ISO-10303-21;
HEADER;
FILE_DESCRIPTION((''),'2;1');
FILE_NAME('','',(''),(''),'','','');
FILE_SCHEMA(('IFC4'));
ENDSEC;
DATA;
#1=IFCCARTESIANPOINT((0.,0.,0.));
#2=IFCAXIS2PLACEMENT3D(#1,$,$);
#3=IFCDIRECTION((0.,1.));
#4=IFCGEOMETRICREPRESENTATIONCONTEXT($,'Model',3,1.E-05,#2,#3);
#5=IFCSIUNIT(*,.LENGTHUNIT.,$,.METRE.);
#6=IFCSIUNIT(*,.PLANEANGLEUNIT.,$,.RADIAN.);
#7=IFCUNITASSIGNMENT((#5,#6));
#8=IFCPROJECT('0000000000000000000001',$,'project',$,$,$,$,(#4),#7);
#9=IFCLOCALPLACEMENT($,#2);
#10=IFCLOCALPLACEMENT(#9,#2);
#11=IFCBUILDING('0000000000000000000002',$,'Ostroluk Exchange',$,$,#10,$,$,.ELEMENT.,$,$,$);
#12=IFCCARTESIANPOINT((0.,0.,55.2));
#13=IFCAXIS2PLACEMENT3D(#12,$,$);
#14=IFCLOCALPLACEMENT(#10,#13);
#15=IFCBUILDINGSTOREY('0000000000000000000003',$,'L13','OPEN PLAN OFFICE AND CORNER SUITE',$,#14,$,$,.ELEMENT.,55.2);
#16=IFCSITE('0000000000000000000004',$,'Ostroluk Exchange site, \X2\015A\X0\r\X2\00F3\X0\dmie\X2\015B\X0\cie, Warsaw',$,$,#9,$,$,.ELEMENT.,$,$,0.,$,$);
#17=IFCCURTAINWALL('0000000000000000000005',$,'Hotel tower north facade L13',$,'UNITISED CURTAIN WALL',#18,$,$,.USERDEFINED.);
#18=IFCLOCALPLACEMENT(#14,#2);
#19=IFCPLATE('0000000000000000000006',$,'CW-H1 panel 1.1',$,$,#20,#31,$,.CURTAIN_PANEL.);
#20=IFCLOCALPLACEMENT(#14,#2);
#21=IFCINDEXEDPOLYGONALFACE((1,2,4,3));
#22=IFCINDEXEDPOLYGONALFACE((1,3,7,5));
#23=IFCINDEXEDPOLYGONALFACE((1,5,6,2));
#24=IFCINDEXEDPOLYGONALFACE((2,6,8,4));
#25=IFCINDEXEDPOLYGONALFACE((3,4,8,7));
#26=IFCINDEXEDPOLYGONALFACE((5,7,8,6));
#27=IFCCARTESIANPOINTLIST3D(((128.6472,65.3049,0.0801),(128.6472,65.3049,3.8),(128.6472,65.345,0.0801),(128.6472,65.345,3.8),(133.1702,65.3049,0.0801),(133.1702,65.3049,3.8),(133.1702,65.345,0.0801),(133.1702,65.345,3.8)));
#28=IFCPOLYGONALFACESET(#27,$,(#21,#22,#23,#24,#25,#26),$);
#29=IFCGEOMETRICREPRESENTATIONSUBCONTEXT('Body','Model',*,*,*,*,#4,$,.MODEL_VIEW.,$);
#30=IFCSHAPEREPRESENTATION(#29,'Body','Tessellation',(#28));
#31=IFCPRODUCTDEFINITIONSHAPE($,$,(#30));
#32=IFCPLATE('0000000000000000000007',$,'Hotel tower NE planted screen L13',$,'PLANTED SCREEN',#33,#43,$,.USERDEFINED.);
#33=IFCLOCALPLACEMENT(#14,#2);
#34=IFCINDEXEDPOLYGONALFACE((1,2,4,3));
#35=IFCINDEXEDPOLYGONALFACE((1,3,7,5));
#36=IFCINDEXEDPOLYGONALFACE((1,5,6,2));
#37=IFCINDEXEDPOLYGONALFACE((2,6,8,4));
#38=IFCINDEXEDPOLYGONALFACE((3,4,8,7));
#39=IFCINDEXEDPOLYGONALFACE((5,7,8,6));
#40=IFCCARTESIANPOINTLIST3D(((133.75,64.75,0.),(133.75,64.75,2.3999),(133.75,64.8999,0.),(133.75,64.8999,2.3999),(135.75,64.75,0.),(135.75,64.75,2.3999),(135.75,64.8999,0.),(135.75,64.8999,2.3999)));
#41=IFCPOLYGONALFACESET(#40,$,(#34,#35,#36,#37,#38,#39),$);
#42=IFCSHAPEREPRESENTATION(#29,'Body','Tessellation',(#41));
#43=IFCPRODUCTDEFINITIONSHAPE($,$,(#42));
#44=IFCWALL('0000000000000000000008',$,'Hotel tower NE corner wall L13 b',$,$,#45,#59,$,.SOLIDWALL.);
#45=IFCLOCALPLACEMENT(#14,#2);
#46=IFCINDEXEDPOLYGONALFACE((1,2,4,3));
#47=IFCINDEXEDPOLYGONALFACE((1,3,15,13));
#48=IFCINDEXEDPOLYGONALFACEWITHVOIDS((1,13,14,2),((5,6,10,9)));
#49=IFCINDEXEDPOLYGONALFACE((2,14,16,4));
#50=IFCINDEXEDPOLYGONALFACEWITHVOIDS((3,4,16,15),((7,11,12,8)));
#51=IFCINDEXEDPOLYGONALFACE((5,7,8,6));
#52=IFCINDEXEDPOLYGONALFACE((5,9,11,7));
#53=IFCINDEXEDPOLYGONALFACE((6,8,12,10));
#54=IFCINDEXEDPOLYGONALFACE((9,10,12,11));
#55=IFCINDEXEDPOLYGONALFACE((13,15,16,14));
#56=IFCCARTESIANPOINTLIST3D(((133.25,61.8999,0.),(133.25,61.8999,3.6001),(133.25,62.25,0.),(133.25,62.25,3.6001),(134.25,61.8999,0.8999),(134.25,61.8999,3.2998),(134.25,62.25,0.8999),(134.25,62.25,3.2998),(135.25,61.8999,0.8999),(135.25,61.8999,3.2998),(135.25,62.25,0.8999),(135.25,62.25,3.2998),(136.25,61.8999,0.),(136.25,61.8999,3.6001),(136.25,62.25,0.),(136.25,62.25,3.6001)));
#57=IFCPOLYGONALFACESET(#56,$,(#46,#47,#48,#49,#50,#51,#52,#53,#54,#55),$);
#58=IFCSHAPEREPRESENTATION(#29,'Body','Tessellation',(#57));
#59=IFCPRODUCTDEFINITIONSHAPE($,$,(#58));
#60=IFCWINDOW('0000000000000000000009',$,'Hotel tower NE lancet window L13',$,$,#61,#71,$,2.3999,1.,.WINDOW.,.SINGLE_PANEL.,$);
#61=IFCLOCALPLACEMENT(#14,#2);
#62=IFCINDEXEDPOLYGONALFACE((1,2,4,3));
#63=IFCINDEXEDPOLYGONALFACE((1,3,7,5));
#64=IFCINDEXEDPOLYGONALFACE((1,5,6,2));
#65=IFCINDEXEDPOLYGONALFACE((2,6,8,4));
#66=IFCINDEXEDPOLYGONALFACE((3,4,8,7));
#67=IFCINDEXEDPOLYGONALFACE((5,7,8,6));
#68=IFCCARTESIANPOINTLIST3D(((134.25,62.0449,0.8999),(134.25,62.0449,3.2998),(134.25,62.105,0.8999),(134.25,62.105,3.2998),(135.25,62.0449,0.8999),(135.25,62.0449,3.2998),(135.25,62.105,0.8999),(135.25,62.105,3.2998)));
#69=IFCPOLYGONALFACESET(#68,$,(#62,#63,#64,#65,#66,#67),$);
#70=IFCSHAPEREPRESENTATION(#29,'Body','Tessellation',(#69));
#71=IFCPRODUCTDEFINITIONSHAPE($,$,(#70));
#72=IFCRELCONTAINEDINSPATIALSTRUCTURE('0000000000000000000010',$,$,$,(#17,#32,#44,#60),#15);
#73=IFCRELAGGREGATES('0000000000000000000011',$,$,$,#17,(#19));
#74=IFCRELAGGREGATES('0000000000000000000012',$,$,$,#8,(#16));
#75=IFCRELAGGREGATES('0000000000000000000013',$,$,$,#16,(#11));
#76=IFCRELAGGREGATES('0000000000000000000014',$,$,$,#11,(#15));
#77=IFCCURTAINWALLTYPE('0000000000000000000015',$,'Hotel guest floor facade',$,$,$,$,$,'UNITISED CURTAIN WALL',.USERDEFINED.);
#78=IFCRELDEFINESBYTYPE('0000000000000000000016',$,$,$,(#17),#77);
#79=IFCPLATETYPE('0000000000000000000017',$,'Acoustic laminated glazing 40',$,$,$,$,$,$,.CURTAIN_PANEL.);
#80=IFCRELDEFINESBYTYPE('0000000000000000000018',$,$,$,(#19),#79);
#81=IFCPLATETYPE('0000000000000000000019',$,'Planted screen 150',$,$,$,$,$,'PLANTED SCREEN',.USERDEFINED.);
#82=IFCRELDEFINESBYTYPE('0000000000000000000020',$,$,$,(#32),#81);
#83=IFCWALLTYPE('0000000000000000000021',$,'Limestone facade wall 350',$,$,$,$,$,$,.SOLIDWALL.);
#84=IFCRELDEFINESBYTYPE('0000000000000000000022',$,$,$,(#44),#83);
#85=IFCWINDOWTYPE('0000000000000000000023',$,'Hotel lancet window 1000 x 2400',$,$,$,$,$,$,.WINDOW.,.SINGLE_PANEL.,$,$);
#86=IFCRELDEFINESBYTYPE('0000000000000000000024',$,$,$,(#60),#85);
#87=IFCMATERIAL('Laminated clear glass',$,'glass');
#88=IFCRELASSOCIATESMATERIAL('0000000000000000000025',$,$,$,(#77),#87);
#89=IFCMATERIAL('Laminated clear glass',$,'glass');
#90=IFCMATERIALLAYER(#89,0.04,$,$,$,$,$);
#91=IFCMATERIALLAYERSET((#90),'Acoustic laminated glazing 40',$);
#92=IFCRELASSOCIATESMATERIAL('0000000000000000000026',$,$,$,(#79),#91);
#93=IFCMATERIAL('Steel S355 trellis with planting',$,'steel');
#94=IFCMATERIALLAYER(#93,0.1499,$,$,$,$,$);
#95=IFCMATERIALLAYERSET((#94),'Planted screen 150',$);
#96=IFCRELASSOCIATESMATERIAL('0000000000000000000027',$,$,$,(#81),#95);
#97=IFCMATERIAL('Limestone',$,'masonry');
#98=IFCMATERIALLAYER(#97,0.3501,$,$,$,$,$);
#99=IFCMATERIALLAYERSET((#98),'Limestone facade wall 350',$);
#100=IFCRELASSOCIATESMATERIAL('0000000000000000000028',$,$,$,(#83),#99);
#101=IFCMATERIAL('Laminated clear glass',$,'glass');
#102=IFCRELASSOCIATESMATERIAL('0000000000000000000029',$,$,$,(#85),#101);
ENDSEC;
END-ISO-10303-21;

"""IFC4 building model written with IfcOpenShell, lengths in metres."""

from ifc_helpers import new_model, si_unit, direction, frame, frame_2d, origin, origin_2d, place, context, subcontext, project, spatial, rectangle, extrude, material, layer, layer_set, type_object, element, fill, aggregate, save


model = new_model("IFC4")

# Units and contexts
model_context = context("Model", 3, precision=1e-05, world=origin(), true_north=direction((0.0, 1.0)))
body_context = subcontext(model_context, "Body", "Model", "MODEL_VIEW")
ifc_project = project(units=[si_unit("LENGTHUNIT", "METRE"), si_unit("PLANEANGLEUNIT", "RADIAN")], contexts=[model_context])

# Site, building, storey
site_placement = place(None, origin())
site = spatial("IfcSite", under=ifc_project, at=site_placement, Name="Ostroluk Exchange site, Śródmieście, Warsaw", CompositionType="ELEMENT", RefElevation=0.0)
building_placement = place(site_placement, origin())
building = spatial("IfcBuilding", under=site, at=building_placement, Name="Ostroluk Exchange", CompositionType="ELEMENT")
storey_placement = place(building_placement, frame((0.0, 0.0, 55.2)))
storey = spatial("IfcBuildingStorey", under=building, at=storey_placement, Name="L13", Description="OPEN PLAN OFFICE AND CORNER SUITE", CompositionType="ELEMENT", Elevation=55.2)

# Curtain wall
ifc_material_1 = material(Name="Laminated clear glass", Category="glass")
curtain_wall_type = type_object("IfcCurtainWallType", Name="Hotel guest floor facade", ElementType="UNITISED CURTAIN WALL", PredefinedType="USERDEFINED", material=ifc_material_1)
curtain_wall_1_placement = place(storey_placement, origin())
curtain_wall_1 = element("IfcCurtainWall", 1, at=curtain_wall_1_placement, inside=storey, type_object=curtain_wall_type, Name="Hotel tower north facade L13", ObjectType="UNITISED CURTAIN WALL", PredefinedType="USERDEFINED")

# Plates
ifc_material_2 = material(Name="Laminated clear glass", Category="glass")
ifc_layer_1 = layer(ifc_material_2, 0.04)
ifc_layer_set_1 = layer_set([ifc_layer_1], Name="Acoustic laminated glazing 40")
plate_type_1 = type_object("IfcPlateType", Name="Acoustic laminated glazing 40", PredefinedType="CURTAIN_PANEL", material=ifc_layer_set_1)
plate_1_placement = place(storey_placement, frame((130.9087, 65.325, 0.0801), z_axis=(0.0, 0.0, 1.0), x_axis=(-1.0, 0.0, 0.0)))
plate_1 = element("IfcPlate", 2, at=plate_1_placement, type_object=plate_type_1, Name="CW-H1 panel 1.1", PredefinedType="CURTAIN_PANEL", context=body_context, shape_type="SweptSolid", body=[
    extrude(rectangle(XDim=4.5229, YDim=0.04, at=origin_2d()), origin(), (0.0, 0.0, 1.0), 3.72),
])
aggregate(curtain_wall_1, [plate_1])
ifc_material_3 = material(Name="Steel S355 trellis with planting", Category="steel")
ifc_layer_2 = layer(ifc_material_3, 0.1499)
ifc_layer_set_2 = layer_set([ifc_layer_2], Name="Planted screen 150")
plate_type_2 = type_object("IfcPlateType", Name="Planted screen 150", ElementType="PLANTED SCREEN", PredefinedType="USERDEFINED", material=ifc_layer_set_2)
plate_2_placement = place(storey_placement, frame((134.75, 64.825, 0.0), z_axis=(0.0, 0.0, 1.0), x_axis=(1.0, 0.0, 0.0)))
element("IfcPlate", 3, at=plate_2_placement, inside=storey, type_object=plate_type_2, Name="Hotel tower NE planted screen L13", ObjectType="PLANTED SCREEN", PredefinedType="USERDEFINED", context=body_context, shape_type="SweptSolid", body=[
    extrude(rectangle(XDim=2.0, YDim=0.1499, at=origin_2d()), origin(), (0.0, 0.0, 1.0), 2.3999),
])

# Shared definitions
ifc_material_4 = material(Name="Limestone", Category="masonry")
ifc_layer_3 = layer(ifc_material_4, 0.3501)
ifc_layer_set_3 = layer_set([ifc_layer_3], Name="Limestone facade wall 350")
wall_type = type_object("IfcWallType", Name="Limestone facade wall 350", PredefinedType="SOLIDWALL", material=ifc_layer_set_3)

# Wall, opening, window
wall_1_placement = place(storey_placement, frame((133.25, 62.075, 0.0), z_axis=(0.0, 0.0, 1.0), x_axis=(1.0, 0.0, 0.0)))
wall_1 = element("IfcWall", 4, at=wall_1_placement, inside=storey, type_object=wall_type, Name="Hotel tower NE corner wall L13 b", PredefinedType="SOLIDWALL", context=body_context, shape_type="SweptSolid", body=[
    extrude(rectangle(XDim=3.0, YDim=0.3501, at=frame_2d((1.5, 0.0))), origin(), (0.0, 0.0, 1.0), 3.6001),
])
opening_1_placement = place(wall_1_placement, frame((1.0, 0.0, 0.8999)))
opening_1 = element("IfcOpeningElement", 5, at=opening_1_placement, cuts=wall_1, PredefinedType="OPENING", context=body_context, shape_type="SweptSolid", body=[
    extrude(rectangle(XDim=1.0, YDim=2.3999, at=frame_2d((0.5, 1.2))), frame((0.0, 0.1851, 0.0), z_axis=(0.0, -1.0, 0.0), x_axis=(1.0, 0.0, 0.0)), (0.0, 0.0, 1.0), 0.3701),
])
ifc_material_5 = material(Name="Laminated clear glass", Category="glass")
window_type = type_object("IfcWindowType", Name="Hotel lancet window 1000 x 2400", PartitioningType="SINGLE_PANEL", PredefinedType="WINDOW", material=ifc_material_5)
window_placement = place(opening_1_placement, origin())
window = element("IfcWindow", 6, at=window_placement, inside=storey, type_object=window_type, Name="Hotel tower NE lancet window L13", OverallHeight=2.3999, OverallWidth=1.0, PartitioningType="SINGLE_PANEL", PredefinedType="WINDOW", context=body_context, shape_type="SweptSolid", body=[
    extrude(rectangle(XDim=1.0, YDim=2.3999, at=frame_2d((0.5, 1.2))), frame((0.0, 0.03, 0.0), z_axis=(0.0, -1.0, 0.0), x_axis=(1.0, 0.0, 0.0)), (0.0, 0.0, 1.0), 0.0601),
])
fill(opening_1, window)

save(model, "model.ifc")
